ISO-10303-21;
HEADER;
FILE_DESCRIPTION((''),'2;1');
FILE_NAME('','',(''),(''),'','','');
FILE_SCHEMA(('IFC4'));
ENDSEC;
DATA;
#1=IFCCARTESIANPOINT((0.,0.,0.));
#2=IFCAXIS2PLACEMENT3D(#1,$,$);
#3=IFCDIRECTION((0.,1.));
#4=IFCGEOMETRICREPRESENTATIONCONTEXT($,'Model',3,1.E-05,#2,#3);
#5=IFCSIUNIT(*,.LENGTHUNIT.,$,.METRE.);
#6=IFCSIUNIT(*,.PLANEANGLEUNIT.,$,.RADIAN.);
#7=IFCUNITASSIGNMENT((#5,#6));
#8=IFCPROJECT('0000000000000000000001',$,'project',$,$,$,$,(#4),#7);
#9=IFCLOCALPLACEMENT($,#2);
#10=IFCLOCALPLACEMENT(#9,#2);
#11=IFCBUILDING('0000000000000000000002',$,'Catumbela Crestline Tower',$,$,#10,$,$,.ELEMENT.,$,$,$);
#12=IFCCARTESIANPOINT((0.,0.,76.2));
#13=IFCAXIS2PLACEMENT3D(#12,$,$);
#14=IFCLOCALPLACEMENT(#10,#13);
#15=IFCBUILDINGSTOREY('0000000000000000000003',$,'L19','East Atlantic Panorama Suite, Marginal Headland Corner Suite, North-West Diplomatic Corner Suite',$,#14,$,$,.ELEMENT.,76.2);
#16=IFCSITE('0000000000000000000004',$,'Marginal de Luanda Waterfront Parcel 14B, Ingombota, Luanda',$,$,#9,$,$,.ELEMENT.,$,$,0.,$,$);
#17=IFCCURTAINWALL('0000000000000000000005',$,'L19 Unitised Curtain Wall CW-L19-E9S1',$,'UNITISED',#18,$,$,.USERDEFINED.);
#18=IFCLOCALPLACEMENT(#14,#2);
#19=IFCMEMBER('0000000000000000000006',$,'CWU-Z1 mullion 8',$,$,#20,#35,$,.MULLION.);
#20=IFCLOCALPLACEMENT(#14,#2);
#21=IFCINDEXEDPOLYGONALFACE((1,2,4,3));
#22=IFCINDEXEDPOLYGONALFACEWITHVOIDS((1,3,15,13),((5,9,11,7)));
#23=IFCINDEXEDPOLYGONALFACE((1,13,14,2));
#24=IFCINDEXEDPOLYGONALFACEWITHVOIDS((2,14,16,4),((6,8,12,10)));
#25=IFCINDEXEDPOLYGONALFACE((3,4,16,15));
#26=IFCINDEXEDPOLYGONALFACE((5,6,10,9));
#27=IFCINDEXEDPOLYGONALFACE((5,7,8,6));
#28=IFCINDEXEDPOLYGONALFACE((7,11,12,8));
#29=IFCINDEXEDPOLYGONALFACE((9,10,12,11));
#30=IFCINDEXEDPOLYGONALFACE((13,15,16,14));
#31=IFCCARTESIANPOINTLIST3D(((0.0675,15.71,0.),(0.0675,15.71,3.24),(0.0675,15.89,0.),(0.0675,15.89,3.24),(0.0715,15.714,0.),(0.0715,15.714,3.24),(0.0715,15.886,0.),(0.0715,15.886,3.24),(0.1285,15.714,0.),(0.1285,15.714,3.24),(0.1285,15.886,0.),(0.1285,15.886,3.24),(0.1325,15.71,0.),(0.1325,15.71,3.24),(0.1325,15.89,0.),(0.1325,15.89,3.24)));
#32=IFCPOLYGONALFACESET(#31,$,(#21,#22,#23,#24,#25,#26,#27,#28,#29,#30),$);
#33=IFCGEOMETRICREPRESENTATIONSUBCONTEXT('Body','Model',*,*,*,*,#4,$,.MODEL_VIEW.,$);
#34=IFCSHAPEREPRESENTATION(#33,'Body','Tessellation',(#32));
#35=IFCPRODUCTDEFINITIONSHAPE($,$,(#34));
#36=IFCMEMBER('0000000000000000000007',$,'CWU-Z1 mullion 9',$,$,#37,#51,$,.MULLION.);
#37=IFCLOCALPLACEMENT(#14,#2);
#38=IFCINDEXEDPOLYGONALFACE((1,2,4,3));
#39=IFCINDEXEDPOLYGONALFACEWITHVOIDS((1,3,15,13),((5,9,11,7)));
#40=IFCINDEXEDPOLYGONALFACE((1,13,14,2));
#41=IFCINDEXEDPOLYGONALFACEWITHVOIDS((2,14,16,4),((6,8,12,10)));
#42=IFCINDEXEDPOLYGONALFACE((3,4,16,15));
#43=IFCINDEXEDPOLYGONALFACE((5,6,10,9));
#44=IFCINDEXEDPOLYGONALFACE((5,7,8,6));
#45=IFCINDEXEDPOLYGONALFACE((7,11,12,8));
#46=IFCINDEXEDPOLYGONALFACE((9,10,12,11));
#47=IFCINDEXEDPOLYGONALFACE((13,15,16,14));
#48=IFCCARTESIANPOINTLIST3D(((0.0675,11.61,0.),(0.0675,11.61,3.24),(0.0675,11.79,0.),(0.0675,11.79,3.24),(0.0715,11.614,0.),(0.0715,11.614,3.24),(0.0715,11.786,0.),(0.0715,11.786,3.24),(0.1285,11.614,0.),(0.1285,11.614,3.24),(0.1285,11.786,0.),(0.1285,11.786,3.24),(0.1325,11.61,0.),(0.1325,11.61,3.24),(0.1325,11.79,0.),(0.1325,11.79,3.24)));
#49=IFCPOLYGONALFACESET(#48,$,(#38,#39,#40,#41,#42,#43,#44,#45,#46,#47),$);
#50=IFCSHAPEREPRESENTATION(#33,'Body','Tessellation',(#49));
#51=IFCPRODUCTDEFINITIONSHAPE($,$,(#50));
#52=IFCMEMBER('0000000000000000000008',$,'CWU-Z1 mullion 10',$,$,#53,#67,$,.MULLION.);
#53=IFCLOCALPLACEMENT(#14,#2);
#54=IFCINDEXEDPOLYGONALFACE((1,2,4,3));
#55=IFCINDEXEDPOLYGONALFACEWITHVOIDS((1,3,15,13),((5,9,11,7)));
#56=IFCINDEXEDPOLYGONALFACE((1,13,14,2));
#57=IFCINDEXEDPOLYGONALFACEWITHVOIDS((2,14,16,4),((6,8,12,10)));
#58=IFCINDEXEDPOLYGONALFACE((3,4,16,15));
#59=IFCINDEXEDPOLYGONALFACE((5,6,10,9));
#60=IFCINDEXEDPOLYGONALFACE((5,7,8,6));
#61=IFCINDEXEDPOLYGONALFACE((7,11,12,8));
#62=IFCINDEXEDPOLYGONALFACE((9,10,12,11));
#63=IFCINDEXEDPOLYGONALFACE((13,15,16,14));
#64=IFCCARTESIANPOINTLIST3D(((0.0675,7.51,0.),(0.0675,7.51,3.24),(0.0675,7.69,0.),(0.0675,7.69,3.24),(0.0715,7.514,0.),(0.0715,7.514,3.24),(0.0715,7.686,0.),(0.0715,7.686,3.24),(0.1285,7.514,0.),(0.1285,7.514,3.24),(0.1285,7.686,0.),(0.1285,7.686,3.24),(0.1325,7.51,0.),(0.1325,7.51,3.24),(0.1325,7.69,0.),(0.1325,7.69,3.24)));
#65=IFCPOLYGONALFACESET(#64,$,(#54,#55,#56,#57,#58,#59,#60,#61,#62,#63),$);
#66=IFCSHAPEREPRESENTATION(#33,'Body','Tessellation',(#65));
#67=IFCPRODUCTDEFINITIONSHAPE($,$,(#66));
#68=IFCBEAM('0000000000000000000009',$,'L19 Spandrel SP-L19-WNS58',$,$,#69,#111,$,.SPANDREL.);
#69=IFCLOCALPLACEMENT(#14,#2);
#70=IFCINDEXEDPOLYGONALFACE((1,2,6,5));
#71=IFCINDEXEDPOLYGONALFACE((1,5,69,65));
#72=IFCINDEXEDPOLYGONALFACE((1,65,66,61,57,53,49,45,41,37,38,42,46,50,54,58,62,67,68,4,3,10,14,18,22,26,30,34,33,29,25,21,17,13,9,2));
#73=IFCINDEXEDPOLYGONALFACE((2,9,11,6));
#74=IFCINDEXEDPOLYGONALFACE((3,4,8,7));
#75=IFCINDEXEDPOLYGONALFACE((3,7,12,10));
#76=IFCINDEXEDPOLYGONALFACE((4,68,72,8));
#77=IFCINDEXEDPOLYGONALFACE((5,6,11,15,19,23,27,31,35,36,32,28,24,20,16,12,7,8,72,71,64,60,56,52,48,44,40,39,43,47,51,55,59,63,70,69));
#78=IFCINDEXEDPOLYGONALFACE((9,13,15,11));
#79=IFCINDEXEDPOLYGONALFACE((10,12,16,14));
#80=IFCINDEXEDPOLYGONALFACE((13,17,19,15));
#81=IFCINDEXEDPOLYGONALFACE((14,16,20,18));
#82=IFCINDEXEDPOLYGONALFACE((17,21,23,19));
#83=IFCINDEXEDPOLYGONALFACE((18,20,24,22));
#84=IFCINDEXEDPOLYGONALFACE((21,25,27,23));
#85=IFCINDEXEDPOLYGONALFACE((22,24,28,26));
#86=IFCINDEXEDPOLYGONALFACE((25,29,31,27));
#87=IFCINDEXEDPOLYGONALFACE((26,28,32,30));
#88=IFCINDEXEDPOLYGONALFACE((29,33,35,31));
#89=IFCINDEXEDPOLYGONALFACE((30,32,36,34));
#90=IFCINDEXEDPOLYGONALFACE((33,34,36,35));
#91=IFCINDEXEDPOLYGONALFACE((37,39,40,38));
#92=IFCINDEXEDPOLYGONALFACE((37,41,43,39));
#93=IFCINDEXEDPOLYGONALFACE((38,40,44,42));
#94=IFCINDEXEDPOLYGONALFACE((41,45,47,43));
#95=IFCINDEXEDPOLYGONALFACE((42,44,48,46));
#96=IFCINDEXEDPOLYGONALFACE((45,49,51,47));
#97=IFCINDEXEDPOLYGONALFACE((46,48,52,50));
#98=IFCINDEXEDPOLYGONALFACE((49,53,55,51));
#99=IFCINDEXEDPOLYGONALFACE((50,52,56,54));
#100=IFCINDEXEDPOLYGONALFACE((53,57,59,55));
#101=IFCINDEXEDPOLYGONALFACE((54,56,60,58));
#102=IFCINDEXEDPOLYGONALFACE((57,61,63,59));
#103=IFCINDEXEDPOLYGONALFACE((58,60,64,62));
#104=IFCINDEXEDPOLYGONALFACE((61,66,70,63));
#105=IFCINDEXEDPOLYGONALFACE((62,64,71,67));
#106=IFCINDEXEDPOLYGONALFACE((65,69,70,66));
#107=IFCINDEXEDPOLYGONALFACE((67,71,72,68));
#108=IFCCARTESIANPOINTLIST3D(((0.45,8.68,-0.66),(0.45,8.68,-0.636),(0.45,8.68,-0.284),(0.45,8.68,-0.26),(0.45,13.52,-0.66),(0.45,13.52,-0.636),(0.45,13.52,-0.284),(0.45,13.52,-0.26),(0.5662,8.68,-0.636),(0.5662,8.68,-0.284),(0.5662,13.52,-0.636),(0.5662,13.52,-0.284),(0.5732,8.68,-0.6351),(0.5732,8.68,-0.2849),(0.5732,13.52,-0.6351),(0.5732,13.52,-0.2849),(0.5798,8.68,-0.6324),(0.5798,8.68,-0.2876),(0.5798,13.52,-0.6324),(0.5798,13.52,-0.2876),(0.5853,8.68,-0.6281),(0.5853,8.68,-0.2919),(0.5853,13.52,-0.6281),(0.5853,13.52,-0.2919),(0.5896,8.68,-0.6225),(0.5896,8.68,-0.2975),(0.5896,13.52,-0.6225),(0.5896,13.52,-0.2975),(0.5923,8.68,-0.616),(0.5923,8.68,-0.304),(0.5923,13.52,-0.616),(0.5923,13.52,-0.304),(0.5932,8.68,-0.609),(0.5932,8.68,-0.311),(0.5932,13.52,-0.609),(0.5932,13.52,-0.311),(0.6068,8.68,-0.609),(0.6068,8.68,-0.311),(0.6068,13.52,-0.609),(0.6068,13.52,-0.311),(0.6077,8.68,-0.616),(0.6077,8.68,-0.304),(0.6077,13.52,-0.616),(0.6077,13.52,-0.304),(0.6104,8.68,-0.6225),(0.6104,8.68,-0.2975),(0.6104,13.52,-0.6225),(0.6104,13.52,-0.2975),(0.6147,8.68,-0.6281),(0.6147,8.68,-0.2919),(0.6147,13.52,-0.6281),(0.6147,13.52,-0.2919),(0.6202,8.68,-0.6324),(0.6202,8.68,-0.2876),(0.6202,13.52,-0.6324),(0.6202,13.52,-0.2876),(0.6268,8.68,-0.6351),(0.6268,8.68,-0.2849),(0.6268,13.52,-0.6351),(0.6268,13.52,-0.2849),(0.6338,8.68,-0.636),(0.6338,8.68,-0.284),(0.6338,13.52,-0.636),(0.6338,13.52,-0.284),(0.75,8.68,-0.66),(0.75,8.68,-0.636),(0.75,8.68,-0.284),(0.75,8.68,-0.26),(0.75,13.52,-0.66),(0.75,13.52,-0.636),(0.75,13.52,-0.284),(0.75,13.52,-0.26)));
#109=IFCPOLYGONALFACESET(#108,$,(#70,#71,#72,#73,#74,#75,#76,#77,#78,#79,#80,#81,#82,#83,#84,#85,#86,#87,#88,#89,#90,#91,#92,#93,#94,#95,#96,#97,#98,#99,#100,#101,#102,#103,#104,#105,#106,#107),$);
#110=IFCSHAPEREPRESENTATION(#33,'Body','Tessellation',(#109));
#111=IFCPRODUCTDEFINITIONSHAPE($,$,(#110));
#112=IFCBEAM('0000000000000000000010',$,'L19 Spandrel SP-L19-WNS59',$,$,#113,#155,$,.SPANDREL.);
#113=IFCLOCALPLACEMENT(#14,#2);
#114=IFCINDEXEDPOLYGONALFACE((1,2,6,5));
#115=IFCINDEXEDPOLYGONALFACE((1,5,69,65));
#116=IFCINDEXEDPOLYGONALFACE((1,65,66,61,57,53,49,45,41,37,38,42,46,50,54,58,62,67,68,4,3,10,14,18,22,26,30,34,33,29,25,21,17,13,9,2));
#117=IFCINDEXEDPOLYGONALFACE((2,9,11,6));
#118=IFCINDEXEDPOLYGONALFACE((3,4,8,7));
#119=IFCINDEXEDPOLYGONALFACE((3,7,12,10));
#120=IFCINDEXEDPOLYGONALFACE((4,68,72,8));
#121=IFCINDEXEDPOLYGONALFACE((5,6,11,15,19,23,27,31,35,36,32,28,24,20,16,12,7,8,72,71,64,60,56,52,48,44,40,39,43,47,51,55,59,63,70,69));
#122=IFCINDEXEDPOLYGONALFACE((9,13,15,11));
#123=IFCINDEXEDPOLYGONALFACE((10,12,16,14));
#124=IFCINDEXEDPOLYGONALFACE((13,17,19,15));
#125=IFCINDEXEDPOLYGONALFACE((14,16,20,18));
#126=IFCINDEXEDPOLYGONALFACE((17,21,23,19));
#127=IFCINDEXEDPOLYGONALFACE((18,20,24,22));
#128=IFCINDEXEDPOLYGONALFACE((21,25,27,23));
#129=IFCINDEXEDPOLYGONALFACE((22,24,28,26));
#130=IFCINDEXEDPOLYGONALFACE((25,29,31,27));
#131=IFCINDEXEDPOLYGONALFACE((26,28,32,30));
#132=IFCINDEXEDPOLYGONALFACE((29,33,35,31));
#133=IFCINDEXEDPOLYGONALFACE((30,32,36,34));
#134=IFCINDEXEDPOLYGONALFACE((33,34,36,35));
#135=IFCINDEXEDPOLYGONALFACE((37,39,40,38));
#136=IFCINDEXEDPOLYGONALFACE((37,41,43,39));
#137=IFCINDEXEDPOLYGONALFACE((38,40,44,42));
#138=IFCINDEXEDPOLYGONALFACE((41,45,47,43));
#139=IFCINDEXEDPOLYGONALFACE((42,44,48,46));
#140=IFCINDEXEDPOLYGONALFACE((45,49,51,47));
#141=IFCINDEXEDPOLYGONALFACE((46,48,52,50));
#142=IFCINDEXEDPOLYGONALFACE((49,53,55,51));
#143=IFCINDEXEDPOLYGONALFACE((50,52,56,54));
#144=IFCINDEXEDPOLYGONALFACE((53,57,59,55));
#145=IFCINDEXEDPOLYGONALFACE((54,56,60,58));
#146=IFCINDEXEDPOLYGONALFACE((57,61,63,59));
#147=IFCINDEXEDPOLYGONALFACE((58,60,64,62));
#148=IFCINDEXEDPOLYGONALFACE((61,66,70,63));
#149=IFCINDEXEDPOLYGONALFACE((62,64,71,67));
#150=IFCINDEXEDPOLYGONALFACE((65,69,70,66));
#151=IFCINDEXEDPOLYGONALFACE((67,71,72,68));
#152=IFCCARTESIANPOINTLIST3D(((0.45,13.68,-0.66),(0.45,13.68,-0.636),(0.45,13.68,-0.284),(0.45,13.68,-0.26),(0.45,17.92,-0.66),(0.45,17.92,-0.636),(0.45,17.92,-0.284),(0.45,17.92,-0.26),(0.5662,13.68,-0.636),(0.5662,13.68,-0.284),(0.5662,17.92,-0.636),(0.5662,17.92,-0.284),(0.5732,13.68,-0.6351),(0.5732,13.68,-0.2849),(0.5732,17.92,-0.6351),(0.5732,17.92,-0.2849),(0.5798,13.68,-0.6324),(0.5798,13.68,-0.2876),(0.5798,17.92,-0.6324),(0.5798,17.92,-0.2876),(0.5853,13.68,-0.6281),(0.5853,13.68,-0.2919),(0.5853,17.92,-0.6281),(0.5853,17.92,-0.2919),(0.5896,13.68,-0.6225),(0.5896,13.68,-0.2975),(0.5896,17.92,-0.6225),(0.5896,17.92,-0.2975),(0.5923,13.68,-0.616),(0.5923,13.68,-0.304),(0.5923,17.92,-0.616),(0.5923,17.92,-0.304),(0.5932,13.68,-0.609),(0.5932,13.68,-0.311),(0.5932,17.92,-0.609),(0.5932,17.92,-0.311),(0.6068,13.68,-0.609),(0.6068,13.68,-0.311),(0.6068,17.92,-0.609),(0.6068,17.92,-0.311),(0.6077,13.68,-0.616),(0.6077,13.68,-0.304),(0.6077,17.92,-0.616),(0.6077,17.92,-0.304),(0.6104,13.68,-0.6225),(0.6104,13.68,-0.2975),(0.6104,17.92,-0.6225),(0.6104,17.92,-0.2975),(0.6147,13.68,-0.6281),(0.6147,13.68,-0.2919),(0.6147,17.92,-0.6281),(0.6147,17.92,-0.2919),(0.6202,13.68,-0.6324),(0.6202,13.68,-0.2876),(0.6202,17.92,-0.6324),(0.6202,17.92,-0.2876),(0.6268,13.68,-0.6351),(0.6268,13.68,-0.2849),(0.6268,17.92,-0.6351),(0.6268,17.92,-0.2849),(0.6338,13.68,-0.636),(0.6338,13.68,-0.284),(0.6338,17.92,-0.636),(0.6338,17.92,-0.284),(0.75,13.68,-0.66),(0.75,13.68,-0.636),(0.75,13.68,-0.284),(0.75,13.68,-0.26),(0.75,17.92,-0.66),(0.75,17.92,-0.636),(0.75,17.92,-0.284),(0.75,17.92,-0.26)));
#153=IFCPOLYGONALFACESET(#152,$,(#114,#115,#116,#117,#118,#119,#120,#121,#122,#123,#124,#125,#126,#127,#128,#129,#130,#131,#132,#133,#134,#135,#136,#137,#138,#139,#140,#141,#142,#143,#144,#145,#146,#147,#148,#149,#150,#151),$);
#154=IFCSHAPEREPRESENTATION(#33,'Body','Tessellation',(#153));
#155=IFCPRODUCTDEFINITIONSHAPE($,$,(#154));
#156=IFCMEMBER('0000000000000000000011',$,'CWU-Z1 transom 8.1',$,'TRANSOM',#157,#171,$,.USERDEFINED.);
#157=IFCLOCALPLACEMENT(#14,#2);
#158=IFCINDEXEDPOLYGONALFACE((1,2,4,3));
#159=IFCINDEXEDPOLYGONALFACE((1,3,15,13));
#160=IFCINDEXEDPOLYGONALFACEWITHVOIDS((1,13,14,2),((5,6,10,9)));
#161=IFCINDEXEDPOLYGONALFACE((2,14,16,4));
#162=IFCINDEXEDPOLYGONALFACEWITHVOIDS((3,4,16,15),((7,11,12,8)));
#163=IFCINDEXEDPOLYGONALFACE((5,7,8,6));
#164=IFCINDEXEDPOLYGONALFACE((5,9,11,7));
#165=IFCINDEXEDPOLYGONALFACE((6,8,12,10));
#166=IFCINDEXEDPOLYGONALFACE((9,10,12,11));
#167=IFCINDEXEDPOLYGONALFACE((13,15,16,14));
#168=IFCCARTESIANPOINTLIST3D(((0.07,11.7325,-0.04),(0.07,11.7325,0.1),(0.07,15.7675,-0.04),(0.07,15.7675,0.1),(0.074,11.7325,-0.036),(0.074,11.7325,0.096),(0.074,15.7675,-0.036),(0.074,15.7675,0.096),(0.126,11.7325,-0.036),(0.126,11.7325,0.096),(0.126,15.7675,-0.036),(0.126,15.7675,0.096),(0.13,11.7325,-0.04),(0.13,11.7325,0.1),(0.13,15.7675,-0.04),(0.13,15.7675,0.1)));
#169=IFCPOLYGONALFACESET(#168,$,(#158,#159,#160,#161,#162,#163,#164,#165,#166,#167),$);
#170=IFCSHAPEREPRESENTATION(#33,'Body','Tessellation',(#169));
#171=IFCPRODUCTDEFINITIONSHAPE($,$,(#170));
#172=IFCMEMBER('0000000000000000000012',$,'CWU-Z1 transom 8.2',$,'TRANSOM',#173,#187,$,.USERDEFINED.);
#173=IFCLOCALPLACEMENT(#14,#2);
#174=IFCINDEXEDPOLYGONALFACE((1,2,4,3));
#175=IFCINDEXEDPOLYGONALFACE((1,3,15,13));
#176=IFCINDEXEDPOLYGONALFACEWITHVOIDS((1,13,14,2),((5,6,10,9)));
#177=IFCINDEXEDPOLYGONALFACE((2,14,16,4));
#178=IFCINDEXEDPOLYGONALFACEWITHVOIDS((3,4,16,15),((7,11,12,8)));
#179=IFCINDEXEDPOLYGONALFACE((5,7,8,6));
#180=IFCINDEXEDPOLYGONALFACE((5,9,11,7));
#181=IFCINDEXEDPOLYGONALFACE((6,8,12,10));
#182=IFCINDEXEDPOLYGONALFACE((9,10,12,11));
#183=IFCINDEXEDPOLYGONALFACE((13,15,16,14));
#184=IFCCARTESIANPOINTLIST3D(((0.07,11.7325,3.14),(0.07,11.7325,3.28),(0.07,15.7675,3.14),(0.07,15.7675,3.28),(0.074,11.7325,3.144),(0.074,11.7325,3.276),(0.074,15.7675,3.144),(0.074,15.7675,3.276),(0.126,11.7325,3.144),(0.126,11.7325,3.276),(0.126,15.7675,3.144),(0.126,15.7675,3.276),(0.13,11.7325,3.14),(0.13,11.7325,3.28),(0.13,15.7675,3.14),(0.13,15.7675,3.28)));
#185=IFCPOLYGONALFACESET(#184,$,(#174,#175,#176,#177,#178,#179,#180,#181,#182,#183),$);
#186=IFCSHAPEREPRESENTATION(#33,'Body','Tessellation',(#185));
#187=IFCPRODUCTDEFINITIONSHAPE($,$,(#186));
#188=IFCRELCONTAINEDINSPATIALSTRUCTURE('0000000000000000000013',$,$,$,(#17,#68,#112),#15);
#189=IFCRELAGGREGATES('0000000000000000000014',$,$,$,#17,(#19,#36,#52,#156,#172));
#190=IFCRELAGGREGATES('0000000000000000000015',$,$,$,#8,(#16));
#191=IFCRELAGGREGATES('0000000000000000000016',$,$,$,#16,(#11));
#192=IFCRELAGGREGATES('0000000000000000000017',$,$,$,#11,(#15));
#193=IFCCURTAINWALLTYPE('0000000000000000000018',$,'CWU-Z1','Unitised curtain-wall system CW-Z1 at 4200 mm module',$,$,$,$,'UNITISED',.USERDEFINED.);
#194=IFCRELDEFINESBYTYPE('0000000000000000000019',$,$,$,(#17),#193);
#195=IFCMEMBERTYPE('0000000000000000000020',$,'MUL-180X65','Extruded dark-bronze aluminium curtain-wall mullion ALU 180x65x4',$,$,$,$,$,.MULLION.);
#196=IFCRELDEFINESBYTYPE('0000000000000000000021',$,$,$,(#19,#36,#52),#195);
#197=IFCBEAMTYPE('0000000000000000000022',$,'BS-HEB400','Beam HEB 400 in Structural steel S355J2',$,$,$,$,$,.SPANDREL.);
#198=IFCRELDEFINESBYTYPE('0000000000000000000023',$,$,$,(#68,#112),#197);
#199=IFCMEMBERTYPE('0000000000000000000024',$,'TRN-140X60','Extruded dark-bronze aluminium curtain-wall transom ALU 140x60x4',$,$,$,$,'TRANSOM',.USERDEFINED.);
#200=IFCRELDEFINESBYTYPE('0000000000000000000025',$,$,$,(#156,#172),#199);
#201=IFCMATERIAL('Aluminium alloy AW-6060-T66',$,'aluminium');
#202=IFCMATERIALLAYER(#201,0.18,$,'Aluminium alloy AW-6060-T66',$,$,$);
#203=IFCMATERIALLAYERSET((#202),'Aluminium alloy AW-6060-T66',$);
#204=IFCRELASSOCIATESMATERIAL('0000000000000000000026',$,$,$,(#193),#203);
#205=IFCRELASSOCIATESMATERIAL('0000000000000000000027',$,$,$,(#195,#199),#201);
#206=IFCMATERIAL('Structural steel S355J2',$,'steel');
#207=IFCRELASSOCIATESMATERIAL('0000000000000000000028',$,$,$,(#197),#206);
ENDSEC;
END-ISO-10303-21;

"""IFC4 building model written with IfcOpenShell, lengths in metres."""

from ifc_helpers import new_model, si_unit, direction, frame, origin, origin_2d, place, context, subcontext, project, spatial, hollow_rectangle, i_section, extrude, material, layer, layer_set, material_profile, profile_set, type_object, element, aggregate, save


model = new_model("IFC4")

# Units and contexts
model_context = context("Model", 3, precision=1e-05, world=origin(), true_north=direction((0.0, 1.0)))
body_context = subcontext(model_context, "Body", "Model", "MODEL_VIEW")
ifc_project = project(units=[si_unit("LENGTHUNIT", "METRE"), si_unit("PLANEANGLEUNIT", "RADIAN")], contexts=[model_context])

# Site, building, storey
site_placement = place(None, origin())
site = spatial("IfcSite", under=ifc_project, at=site_placement, Name="Marginal de Luanda Waterfront Parcel 14B, Ingombota, Luanda", CompositionType="ELEMENT", RefElevation=0.0)
building_placement = place(site_placement, origin())
building = spatial("IfcBuilding", under=site, at=building_placement, Name="Catumbela Crestline Tower", CompositionType="ELEMENT")
storey_placement = place(building_placement, frame((0.0, 0.0, 76.2)))
storey = spatial("IfcBuildingStorey", under=building, at=storey_placement, Name="L19", Description="East Atlantic Panorama Suite, Marginal Headland Corner Suite, North-West Diplomatic Corner Suite", CompositionType="ELEMENT", Elevation=76.2)

# Shared definitions
ifc_material_1 = material(Name="Structural steel S355J2", Category="steel")

# Curtain wall, members
ifc_material_2 = material(Name="Aluminium alloy AW-6060-T66", Category="aluminium")
ifc_layer_1 = layer(ifc_material_2, 0.18, Name="Aluminium alloy AW-6060-T66")
ifc_layer_set_1 = layer_set([ifc_layer_1], Name="Aluminium alloy AW-6060-T66")
curtain_wall_type = type_object("IfcCurtainWallType", Name="CWU-Z1", Description="Unitised curtain-wall system CW-Z1 at 4200 mm module", ElementType="UNITISED", PredefinedType="USERDEFINED", material=ifc_layer_set_1)
curtain_wall_placement = place(storey_placement, origin())
curtain_wall = element("IfcCurtainWall", 1, at=curtain_wall_placement, inside=storey, type_object=curtain_wall_type, Name="L19 Unitised Curtain Wall CW-L19-E9S1", ObjectType="UNITISED", PredefinedType="USERDEFINED")
ifc_material_profile_1 = material_profile(ifc_material_2, hollow_rectangle(XDim=0.065, YDim=0.18, WallThickness=0.004, at=origin_2d()), Name="ALU 180x65x4")
ifc_profile_set_1 = profile_set([ifc_material_profile_1], Name="Aluminium alloy AW-6060-T66")
member_type_1 = type_object("IfcMemberType", Name="MUL-180X65", Description="Extruded dark-bronze aluminium curtain-wall mullion ALU 180x65x4", PredefinedType="MULLION", material=ifc_profile_set_1)
member_1_placement = place(storey_placement, frame((0.1, 15.8, 0.0), z_axis=(0.0, 0.0, 1.0), x_axis=(1.0, 0.0, 0.0)))
member_1 = element("IfcMember", 2, at=member_1_placement, type_object=member_type_1, Name="CWU-Z1 mullion 8", PredefinedType="MULLION", context=body_context, shape_type="SweptSolid", body=[
    extrude(hollow_rectangle(XDim=0.065, YDim=0.18, WallThickness=0.004, at=origin_2d()), origin(), (0.0, 0.0, 1.0), 3.24),
])
member_2_placement = place(storey_placement, frame((0.1, 11.7, 0.0), z_axis=(0.0, 0.0, 1.0), x_axis=(1.0, 0.0, 0.0)))
member_2 = element("IfcMember", 3, at=member_2_placement, type_object=member_type_1, Name="CWU-Z1 mullion 9", PredefinedType="MULLION", context=body_context, shape_type="SweptSolid", body=[
    extrude(hollow_rectangle(XDim=0.065, YDim=0.18, WallThickness=0.004, at=origin_2d()), origin(), (0.0, 0.0, 1.0), 3.24),
])
member_3_placement = place(storey_placement, frame((0.1, 7.6, 0.0), z_axis=(0.0, 0.0, 1.0), x_axis=(1.0, 0.0, 0.0)))
member_3 = element("IfcMember", 4, at=member_3_placement, type_object=member_type_1, Name="CWU-Z1 mullion 10", PredefinedType="MULLION", context=body_context, shape_type="SweptSolid", body=[
    extrude(hollow_rectangle(XDim=0.065, YDim=0.18, WallThickness=0.004, at=origin_2d()), origin(), (0.0, 0.0, 1.0), 3.24),
])

# Beams
ifc_material_profile_2 = material_profile(ifc_material_1, i_section(OverallWidth=0.3, OverallDepth=0.4, WebThickness=0.0135, FlangeThickness=0.024, FilletRadius=0.027, at=origin_2d()), Name="HEB 400")
ifc_profile_set_2 = profile_set([ifc_material_profile_2], Name="Structural steel S355J2")
beam_type_1 = type_object("IfcBeamType", Name="BS-HEB400", Description="Beam HEB 400 in Structural steel S355J2", PredefinedType="SPANDREL", material=ifc_profile_set_2)
beam_1_placement = place(storey_placement, frame((0.6, 8.68, -0.46), z_axis=(0.0, 1.0, 0.0), x_axis=(-1.0, 0.0, 0.0)))
element("IfcBeam", 5, at=beam_1_placement, inside=storey, type_object=beam_type_1, Name="L19 Spandrel SP-L19-WNS58", PredefinedType="SPANDREL", context=body_context, shape_type="SweptSolid", body=[
    extrude(i_section(OverallWidth=0.3, OverallDepth=0.4, WebThickness=0.0135, FlangeThickness=0.024, FilletRadius=0.027, at=origin_2d()), origin(), (0.0, 0.0, 1.0), 4.84),
])
beam_2_placement = place(storey_placement, frame((0.6, 13.68, -0.46), z_axis=(0.0, 1.0, 0.0), x_axis=(-1.0, 0.0, 0.0)))
element("IfcBeam", 6, at=beam_2_placement, inside=storey, type_object=beam_type_1, Name="L19 Spandrel SP-L19-WNS59", PredefinedType="SPANDREL", context=body_context, shape_type="SweptSolid", body=[
    extrude(i_section(OverallWidth=0.3, OverallDepth=0.4, WebThickness=0.0135, FlangeThickness=0.024, FilletRadius=0.027, at=origin_2d()), origin(), (0.0, 0.0, 1.0), 4.24),
])

# Members
ifc_material_profile_3 = material_profile(ifc_material_2, hollow_rectangle(XDim=0.06, YDim=0.14, WallThickness=0.004, at=origin_2d()), Name="ALU 140x60x4")
ifc_profile_set_3 = profile_set([ifc_material_profile_3], Name="Aluminium alloy AW-6060-T66")
member_type_2 = type_object("IfcMemberType", Name="TRN-140X60", Description="Extruded dark-bronze aluminium curtain-wall transom ALU 140x60x4", ElementType="TRANSOM", PredefinedType="USERDEFINED", material=ifc_profile_set_3)
member_4_placement = place(storey_placement, frame((0.1, 15.7675, 0.03), z_axis=(0.0, -1.0, 0.0), x_axis=(1.0, 0.0, 0.0)))
member_4 = element("IfcMember", 7, at=member_4_placement, type_object=member_type_2, Name="CWU-Z1 transom 8.1", ObjectType="TRANSOM", PredefinedType="USERDEFINED", context=body_context, shape_type="SweptSolid", body=[
    extrude(hollow_rectangle(XDim=0.06, YDim=0.14, WallThickness=0.004, at=origin_2d()), origin(), (0.0, 0.0, 1.0), 4.035),
])
member_5_placement = place(storey_placement, frame((0.1, 15.7675, 3.21), z_axis=(0.0, -1.0, 0.0), x_axis=(1.0, 0.0, 0.0)))
member_5 = element("IfcMember", 8, at=member_5_placement, type_object=member_type_2, Name="CWU-Z1 transom 8.2", ObjectType="TRANSOM", PredefinedType="USERDEFINED", context=body_context, shape_type="SweptSolid", body=[
    extrude(hollow_rectangle(XDim=0.06, YDim=0.14, WallThickness=0.004, at=origin_2d()), origin(), (0.0, 0.0, 1.0), 4.035),
])

aggregate(curtain_wall, [member_1, member_2, member_3, member_4, member_5])

save(model, "model.ifc")
